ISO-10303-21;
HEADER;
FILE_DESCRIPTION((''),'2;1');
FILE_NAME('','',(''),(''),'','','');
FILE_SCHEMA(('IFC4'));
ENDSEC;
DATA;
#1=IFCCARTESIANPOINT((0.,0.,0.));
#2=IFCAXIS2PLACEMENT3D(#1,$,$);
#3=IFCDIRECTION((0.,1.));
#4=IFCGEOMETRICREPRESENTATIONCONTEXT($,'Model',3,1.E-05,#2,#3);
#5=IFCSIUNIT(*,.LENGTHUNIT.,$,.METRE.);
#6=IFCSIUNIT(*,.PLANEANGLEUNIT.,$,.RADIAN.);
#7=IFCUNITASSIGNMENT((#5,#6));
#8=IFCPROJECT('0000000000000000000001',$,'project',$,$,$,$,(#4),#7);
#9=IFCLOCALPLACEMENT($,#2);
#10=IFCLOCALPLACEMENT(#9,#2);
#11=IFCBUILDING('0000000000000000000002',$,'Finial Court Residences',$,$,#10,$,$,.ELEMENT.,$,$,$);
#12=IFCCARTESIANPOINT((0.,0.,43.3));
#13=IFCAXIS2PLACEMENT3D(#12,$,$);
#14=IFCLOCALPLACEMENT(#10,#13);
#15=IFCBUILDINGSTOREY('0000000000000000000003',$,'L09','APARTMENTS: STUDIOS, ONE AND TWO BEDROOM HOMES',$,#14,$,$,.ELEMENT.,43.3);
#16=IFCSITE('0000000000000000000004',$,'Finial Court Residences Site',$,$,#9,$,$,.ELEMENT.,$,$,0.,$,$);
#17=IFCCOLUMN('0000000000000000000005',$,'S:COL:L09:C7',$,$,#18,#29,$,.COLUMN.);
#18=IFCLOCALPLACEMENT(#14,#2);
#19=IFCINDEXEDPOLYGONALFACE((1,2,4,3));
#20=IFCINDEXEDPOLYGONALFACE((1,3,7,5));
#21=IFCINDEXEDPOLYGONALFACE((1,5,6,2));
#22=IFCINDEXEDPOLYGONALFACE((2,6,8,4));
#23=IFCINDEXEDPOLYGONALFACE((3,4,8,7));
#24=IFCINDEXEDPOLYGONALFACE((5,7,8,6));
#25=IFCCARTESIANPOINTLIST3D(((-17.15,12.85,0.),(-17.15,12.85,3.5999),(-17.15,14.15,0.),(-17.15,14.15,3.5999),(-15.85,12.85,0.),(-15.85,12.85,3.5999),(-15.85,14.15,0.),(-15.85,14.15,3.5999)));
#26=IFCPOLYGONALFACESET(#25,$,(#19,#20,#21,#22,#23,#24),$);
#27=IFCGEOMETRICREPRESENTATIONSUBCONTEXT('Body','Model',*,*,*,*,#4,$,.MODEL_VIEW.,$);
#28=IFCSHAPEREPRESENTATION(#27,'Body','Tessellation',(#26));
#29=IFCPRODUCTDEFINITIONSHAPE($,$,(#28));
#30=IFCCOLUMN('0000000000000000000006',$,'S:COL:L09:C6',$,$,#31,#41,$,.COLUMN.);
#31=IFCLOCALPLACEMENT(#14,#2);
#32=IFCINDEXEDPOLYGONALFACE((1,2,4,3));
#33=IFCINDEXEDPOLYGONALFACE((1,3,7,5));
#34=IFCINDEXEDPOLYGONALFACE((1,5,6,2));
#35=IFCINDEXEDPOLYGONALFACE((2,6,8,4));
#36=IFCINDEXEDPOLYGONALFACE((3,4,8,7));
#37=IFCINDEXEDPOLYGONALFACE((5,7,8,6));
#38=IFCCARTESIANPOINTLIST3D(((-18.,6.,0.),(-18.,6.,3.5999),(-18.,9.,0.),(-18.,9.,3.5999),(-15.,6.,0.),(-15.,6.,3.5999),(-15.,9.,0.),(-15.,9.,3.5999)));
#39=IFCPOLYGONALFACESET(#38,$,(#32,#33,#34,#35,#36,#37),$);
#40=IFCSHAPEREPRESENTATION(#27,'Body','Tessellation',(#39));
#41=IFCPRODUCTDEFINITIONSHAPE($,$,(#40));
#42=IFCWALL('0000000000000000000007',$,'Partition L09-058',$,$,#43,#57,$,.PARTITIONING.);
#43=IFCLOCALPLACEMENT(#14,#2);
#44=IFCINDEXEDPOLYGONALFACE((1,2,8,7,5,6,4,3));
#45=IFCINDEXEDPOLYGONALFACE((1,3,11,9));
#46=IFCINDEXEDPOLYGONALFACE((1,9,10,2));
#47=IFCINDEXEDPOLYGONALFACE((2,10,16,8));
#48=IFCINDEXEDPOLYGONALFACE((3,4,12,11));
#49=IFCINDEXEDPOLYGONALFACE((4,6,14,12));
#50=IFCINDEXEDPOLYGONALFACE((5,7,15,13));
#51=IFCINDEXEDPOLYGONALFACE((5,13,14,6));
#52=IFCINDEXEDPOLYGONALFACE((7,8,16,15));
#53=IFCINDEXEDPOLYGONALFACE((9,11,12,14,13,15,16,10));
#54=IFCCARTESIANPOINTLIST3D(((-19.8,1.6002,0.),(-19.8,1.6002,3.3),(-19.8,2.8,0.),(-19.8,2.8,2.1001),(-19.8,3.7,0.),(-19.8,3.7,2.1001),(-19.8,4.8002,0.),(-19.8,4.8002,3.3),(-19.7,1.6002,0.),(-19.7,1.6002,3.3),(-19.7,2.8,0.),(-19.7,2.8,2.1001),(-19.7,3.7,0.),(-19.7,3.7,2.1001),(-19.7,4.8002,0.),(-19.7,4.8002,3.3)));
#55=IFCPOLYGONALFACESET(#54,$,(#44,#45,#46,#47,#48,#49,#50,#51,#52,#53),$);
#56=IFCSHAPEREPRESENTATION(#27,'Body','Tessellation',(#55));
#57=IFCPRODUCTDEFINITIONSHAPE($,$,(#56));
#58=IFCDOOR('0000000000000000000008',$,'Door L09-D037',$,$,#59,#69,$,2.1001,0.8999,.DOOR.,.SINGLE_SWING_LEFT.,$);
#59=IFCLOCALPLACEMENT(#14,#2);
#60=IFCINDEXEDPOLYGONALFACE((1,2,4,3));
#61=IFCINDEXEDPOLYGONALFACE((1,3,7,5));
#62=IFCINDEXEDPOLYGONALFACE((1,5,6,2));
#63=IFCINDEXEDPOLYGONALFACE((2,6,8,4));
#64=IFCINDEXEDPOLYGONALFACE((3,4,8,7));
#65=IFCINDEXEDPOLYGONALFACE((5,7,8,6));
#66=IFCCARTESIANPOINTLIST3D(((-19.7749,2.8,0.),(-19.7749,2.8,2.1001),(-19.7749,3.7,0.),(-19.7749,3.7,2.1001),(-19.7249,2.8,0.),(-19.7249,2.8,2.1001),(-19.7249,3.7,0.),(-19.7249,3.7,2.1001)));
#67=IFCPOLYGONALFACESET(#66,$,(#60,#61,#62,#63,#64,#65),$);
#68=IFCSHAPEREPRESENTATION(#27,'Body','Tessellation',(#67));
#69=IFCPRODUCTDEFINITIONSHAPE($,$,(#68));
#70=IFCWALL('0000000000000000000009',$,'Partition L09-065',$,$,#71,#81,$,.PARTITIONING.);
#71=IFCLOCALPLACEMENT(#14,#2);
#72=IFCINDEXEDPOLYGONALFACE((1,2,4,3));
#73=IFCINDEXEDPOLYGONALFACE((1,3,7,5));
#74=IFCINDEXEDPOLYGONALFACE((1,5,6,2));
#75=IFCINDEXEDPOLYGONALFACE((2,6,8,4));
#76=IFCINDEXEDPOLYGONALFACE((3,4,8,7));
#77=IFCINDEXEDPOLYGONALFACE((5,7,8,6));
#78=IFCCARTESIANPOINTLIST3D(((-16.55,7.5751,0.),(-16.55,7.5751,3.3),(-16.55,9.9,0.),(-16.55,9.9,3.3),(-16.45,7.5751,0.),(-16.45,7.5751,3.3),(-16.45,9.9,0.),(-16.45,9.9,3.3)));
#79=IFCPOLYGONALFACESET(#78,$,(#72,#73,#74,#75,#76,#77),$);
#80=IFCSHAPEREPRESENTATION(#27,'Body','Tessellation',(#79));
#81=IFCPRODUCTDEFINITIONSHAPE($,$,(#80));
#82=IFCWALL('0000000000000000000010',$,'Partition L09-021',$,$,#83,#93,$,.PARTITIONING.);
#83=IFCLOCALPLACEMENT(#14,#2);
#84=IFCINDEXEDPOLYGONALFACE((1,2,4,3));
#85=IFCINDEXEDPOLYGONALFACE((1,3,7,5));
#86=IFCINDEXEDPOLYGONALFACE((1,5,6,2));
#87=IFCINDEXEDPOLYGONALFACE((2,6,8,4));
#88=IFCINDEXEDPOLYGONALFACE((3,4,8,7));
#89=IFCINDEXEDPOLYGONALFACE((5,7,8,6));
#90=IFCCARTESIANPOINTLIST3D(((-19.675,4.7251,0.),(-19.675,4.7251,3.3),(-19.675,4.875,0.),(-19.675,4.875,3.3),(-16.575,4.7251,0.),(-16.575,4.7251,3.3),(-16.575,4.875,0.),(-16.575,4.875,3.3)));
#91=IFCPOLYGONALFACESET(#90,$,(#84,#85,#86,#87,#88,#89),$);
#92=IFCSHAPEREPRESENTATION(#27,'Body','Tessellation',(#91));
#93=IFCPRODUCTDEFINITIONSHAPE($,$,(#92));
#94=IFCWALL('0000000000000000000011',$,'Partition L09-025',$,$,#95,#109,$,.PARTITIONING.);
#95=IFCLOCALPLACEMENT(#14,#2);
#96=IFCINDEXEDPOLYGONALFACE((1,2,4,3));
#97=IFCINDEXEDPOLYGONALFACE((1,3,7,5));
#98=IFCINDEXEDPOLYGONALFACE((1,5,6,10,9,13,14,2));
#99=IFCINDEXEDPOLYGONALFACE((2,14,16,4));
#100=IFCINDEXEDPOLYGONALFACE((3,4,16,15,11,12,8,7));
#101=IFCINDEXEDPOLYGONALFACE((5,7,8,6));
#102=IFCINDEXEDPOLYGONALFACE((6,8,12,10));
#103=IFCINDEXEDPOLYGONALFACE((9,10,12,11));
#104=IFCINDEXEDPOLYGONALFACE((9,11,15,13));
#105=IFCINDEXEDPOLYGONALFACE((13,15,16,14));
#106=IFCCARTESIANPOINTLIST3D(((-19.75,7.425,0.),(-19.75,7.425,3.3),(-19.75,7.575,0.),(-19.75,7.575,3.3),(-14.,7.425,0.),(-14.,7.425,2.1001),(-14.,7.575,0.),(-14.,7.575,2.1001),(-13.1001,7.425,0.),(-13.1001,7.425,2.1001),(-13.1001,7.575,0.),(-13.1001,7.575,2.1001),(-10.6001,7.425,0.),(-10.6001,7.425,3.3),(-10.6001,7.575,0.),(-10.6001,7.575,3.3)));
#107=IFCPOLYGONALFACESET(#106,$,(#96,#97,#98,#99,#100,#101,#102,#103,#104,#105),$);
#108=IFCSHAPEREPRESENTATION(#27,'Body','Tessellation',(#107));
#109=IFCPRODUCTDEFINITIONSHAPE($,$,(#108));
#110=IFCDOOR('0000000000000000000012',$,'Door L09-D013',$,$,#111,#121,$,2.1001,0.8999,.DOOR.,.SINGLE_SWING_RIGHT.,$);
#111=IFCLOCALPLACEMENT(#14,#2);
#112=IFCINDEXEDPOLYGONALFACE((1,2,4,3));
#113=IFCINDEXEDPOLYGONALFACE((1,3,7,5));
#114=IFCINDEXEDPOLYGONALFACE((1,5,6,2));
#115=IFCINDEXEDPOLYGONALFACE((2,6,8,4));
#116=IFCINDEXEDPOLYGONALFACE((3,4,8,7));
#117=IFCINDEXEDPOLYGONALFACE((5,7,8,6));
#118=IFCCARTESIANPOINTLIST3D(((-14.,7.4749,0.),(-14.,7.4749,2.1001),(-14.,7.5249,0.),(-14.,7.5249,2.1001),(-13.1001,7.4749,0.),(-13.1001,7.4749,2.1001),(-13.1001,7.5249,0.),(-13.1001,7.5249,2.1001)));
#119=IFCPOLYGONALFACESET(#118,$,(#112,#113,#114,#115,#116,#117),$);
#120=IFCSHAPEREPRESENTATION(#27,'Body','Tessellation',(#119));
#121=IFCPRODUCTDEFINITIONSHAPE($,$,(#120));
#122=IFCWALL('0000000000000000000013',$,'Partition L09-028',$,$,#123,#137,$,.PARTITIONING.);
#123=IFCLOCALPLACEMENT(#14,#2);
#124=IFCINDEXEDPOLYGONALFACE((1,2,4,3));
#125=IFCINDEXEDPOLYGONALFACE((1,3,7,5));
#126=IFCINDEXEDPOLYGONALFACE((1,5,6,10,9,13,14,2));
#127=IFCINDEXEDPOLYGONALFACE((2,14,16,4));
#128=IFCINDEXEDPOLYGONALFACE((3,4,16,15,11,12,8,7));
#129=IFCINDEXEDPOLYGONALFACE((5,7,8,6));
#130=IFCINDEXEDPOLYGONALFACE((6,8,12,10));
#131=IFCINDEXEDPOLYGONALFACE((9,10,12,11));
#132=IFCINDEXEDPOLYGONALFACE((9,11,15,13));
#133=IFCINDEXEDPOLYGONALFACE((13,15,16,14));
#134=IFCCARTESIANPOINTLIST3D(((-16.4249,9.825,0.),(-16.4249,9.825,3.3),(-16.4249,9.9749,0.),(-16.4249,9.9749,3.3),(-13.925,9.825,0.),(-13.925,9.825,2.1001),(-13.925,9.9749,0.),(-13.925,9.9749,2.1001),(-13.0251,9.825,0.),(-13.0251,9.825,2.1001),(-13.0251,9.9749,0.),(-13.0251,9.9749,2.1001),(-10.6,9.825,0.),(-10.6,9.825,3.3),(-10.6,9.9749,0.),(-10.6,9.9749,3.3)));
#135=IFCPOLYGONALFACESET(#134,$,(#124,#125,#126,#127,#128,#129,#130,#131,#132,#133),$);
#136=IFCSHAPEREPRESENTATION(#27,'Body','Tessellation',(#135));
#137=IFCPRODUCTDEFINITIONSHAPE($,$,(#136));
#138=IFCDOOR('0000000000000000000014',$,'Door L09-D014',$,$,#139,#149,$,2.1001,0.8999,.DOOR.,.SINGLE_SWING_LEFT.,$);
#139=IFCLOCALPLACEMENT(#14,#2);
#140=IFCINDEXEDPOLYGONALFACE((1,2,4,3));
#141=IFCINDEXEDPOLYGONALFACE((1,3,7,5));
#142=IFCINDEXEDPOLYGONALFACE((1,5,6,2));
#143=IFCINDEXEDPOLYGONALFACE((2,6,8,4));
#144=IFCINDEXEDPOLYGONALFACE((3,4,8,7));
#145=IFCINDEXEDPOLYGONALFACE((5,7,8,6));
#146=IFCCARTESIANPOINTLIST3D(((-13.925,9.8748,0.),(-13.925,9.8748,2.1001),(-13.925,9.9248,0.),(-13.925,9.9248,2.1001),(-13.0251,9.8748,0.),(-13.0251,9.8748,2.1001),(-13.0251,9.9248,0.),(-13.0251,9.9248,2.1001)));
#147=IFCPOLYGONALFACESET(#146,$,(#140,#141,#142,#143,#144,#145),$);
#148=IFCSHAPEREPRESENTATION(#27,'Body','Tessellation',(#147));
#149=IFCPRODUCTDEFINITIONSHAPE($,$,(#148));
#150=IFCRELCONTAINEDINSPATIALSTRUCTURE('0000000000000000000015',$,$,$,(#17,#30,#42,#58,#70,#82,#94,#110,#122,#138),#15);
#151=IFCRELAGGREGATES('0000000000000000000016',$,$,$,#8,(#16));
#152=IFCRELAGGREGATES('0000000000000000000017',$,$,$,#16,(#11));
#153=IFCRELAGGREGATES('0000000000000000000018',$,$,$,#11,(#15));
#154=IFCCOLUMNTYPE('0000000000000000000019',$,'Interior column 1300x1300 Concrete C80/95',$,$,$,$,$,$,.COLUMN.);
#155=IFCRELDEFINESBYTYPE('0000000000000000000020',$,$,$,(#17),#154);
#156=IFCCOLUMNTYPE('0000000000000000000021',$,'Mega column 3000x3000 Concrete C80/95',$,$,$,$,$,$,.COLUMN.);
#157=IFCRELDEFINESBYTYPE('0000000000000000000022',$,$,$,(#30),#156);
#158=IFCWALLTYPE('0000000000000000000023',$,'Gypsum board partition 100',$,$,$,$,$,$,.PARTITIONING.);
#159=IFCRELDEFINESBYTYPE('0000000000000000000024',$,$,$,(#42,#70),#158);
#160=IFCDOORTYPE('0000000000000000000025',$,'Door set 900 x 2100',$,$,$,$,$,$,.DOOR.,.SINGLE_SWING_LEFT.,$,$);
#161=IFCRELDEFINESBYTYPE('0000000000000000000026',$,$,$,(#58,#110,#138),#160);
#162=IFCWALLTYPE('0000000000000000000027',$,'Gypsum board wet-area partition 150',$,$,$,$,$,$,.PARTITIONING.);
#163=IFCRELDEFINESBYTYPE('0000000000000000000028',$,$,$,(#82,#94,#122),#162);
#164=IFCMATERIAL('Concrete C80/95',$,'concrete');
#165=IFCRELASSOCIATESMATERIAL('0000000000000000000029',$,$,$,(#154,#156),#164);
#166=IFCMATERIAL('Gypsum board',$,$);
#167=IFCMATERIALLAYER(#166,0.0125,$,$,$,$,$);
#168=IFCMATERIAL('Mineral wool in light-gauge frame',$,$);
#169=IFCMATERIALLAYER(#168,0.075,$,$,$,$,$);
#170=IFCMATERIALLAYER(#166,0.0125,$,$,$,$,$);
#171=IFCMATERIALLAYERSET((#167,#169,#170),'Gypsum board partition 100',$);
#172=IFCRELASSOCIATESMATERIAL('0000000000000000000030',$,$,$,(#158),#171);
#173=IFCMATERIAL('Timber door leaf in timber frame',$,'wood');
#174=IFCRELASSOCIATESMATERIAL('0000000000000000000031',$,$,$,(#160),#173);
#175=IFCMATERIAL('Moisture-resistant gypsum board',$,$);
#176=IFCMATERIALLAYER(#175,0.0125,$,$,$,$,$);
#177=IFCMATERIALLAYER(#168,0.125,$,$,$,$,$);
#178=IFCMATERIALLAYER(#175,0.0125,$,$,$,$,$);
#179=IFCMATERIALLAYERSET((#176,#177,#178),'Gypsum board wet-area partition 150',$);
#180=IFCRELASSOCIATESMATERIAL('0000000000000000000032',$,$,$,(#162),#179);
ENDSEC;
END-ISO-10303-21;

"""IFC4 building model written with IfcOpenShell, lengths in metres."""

from ifc_helpers import new_model, si_unit, direction, frame, frame_2d, origin, origin_2d, place, context, subcontext, project, spatial, rectangle, extrude, material, layer, layer_set, material_profile, profile_set, type_object, element, fill, save


model = new_model("IFC4")

# Units and contexts
model_context = context("Model", 3, precision=1e-05, world=origin(), true_north=direction((0.0, 1.0)))
body_context = subcontext(model_context, "Body", "Model", "MODEL_VIEW")
ifc_project = project(units=[si_unit("LENGTHUNIT", "METRE"), si_unit("PLANEANGLEUNIT", "RADIAN")], contexts=[model_context])

# Site, building, storey
site_placement = place(None, origin())
site = spatial("IfcSite", under=ifc_project, at=site_placement, Name="Finial Court Residences Site", CompositionType="ELEMENT", RefElevation=0.0)
building_placement = place(site_placement, origin())
building = spatial("IfcBuilding", under=site, at=building_placement, Name="Finial Court Residences", CompositionType="ELEMENT")
storey_placement = place(building_placement, frame((0.0, 0.0, 43.3)))
storey = spatial("IfcBuildingStorey", under=building, at=storey_placement, Name="L09", Description="APARTMENTS: STUDIOS, ONE AND TWO BEDROOM HOMES", CompositionType="ELEMENT", Elevation=43.3)

# Columns
ifc_material_1 = material(Name="Concrete C80/95", Category="concrete")
ifc_material_profile_1 = material_profile(ifc_material_1, rectangle(XDim=1.3, YDim=1.3, at=origin_2d()), Name="1300x1300")
ifc_profile_set_1 = profile_set([ifc_material_profile_1], Name="Concrete C80/95")
column_type_1 = type_object("IfcColumnType", Name="Interior column 1300x1300 Concrete C80/95", PredefinedType="COLUMN", material=ifc_profile_set_1)
column_1_placement = place(storey_placement, frame((-16.5, 13.5, 0.0), z_axis=(0.0, 0.0, 1.0), x_axis=(1.0, 0.0, 0.0)))
element("IfcColumn", 1, at=column_1_placement, inside=storey, type_object=column_type_1, Name="S:COL:L09:C7", PredefinedType="COLUMN", context=body_context, shape_type="SweptSolid", body=[
    extrude(rectangle(XDim=1.3, YDim=1.3, at=origin_2d()), origin(), (0.0, 0.0, 1.0), 3.5999),
])
ifc_material_profile_2 = material_profile(ifc_material_1, rectangle(XDim=3.0, YDim=3.0, at=origin_2d()), Name="3000x3000")
ifc_profile_set_2 = profile_set([ifc_material_profile_2], Name="Concrete C80/95")
column_type_2 = type_object("IfcColumnType", Name="Mega column 3000x3000 Concrete C80/95", PredefinedType="COLUMN", material=ifc_profile_set_2)
column_2_placement = place(storey_placement, frame((-16.5, 7.5, 0.0), z_axis=(0.0, 0.0, 1.0), x_axis=(1.0, 0.0, 0.0)))
element("IfcColumn", 2, at=column_2_placement, inside=storey, type_object=column_type_2, Name="S:COL:L09:C6", PredefinedType="COLUMN", context=body_context, shape_type="SweptSolid", body=[
    extrude(rectangle(XDim=3.0, YDim=3.0, at=origin_2d()), origin(), (0.0, 0.0, 1.0), 3.5999),
])

# Wall, opening, door
ifc_material_2 = material(Name="Gypsum board")
ifc_layer_1 = layer(ifc_material_2, 0.0125)
ifc_material_3 = material(Name="Mineral wool in light-gauge frame")
ifc_layer_2 = layer(ifc_material_3, 0.075)
ifc_layer_3 = layer(ifc_material_2, 0.0125)
ifc_layer_set_1 = layer_set([ifc_layer_1, ifc_layer_2, ifc_layer_3], Name="Gypsum board partition 100")
wall_type_1 = type_object("IfcWallType", Name="Gypsum board partition 100", PredefinedType="PARTITIONING", material=ifc_layer_set_1)
wall_1_placement = place(storey_placement, frame((-19.75, 1.6001, 0.0), z_axis=(0.0, 0.0, 1.0), x_axis=(0.0, 1.0, 0.0)))
wall_1 = element("IfcWall", 3, at=wall_1_placement, inside=storey, type_object=wall_type_1, Name="Partition L09-058", PredefinedType="PARTITIONING", context=body_context, shape_type="SweptSolid", body=[
    extrude(rectangle(XDim=3.2, YDim=0.1001, at=frame_2d((1.6001, 0.0))), origin(), (0.0, 0.0, 1.0), 3.3),
])
opening_1_placement = place(wall_1_placement, frame((1.2, 0.0, 0.0)))
opening_1 = element("IfcOpeningElement", 4, at=opening_1_placement, cuts=wall_1, PredefinedType="OPENING", context=body_context, shape_type="SweptSolid", body=[
    extrude(rectangle(XDim=0.8999, YDim=2.1001, at=frame_2d((0.45, 1.05))), frame((0.0, 0.0601, 0.0), z_axis=(0.0, -1.0, 0.0), x_axis=(1.0, 0.0, 0.0)), (0.0, 0.0, 1.0), 0.1201),
])
ifc_material_4 = material(Name="Timber door leaf in timber frame", Category="wood")
door_type = type_object("IfcDoorType", Name="Door set 900 x 2100", OperationType="SINGLE_SWING_LEFT", PredefinedType="DOOR", material=ifc_material_4)
door_1_placement = place(opening_1_placement, origin())
door_1 = element("IfcDoor", 5, at=door_1_placement, inside=storey, type_object=door_type, Name="Door L09-D037", OperationType="SINGLE_SWING_LEFT", OverallHeight=2.1001, OverallWidth=0.8999, PredefinedType="DOOR", context=body_context, shape_type="SweptSolid", body=[
    extrude(rectangle(XDim=0.8999, YDim=2.1001, at=frame_2d((0.45, 1.05))), frame((0.0, 0.0249, 0.0), z_axis=(0.0, -1.0, 0.0), x_axis=(1.0, 0.0, 0.0)), (0.0, 0.0, 1.0), 0.05),
])
fill(opening_1, door_1)

# Walls
wall_2_placement = place(storey_placement, frame((-16.5, 7.575, 0.0), z_axis=(0.0, 0.0, 1.0), x_axis=(0.0, 1.0, 0.0)))
element("IfcWall", 6, at=wall_2_placement, inside=storey, type_object=wall_type_1, Name="Partition L09-065", PredefinedType="PARTITIONING", context=body_context, shape_type="SweptSolid", body=[
    extrude(rectangle(XDim=2.325, YDim=0.1001, at=frame_2d((1.1626, 0.0))), origin(), (0.0, 0.0, 1.0), 3.3),
])
ifc_material_5 = material(Name="Moisture-resistant gypsum board")
ifc_layer_4 = layer(ifc_material_5, 0.0125)
ifc_layer_5 = layer(ifc_material_3, 0.125)
ifc_layer_6 = layer(ifc_material_5, 0.0125)
ifc_layer_set_2 = layer_set([ifc_layer_4, ifc_layer_5, ifc_layer_6], Name="Gypsum board wet-area partition 150")
wall_type_2 = type_object("IfcWallType", Name="Gypsum board wet-area partition 150", PredefinedType="PARTITIONING", material=ifc_layer_set_2)
wall_3_placement = place(storey_placement, frame((-19.675, 4.8, 0.0), z_axis=(0.0, 0.0, 1.0), x_axis=(1.0, 0.0, 0.0)))
element("IfcWall", 7, at=wall_3_placement, inside=storey, type_object=wall_type_2, Name="Partition L09-021", PredefinedType="PARTITIONING", context=body_context, shape_type="SweptSolid", body=[
    extrude(rectangle(XDim=3.1001, YDim=0.1499, at=frame_2d((1.55, 0.0))), origin(), (0.0, 0.0, 1.0), 3.3),
])

# Walls, openings, doors
wall_4_placement = place(storey_placement, frame((-19.75, 7.5, 0.0), z_axis=(0.0, 0.0, 1.0), x_axis=(1.0, 0.0, 0.0)))
wall_4 = element("IfcWall", 8, at=wall_4_placement, inside=storey, type_object=wall_type_2, Name="Partition L09-025", PredefinedType="PARTITIONING", context=body_context, shape_type="SweptSolid", body=[
    extrude(rectangle(XDim=9.1499, YDim=0.1499, at=frame_2d((4.575, 0.0))), origin(), (0.0, 0.0, 1.0), 3.3),
])
opening_2_placement = place(wall_4_placement, frame((5.75, 0.0, 0.0)))
opening_2 = element("IfcOpeningElement", 9, at=opening_2_placement, cuts=wall_4, PredefinedType="OPENING", context=body_context, shape_type="SweptSolid", body=[
    extrude(rectangle(XDim=0.8999, YDim=2.1001, at=frame_2d((0.45, 1.05))), frame((0.0, 0.085, 0.0), z_axis=(0.0, -1.0, 0.0), x_axis=(1.0, 0.0, 0.0)), (0.0, 0.0, 1.0), 0.1699),
])
door_2_placement = place(opening_2_placement, origin())
door_2 = element("IfcDoor", 10, at=door_2_placement, inside=storey, type_object=door_type, Name="Door L09-D013", OperationType="SINGLE_SWING_RIGHT", OverallHeight=2.1001, OverallWidth=0.8999, PredefinedType="DOOR", context=body_context, shape_type="SweptSolid", body=[
    extrude(rectangle(XDim=0.8999, YDim=2.1001, at=frame_2d((0.45, 1.05))), frame((0.0, 0.0249, 0.0), z_axis=(0.0, -1.0, 0.0), x_axis=(1.0, 0.0, 0.0)), (0.0, 0.0, 1.0), 0.05),
])
fill(opening_2, door_2)
wall_5_placement = place(storey_placement, frame((-16.425, 9.8999, 0.0), z_axis=(0.0, 0.0, 1.0), x_axis=(1.0, 0.0, 0.0)))
wall_5 = element("IfcWall", 11, at=wall_5_placement, inside=storey, type_object=wall_type_2, Name="Partition L09-028", PredefinedType="PARTITIONING", context=body_context, shape_type="SweptSolid", body=[
    extrude(rectangle(XDim=5.825, YDim=0.1499, at=frame_2d((2.9126, 0.0))), origin(), (0.0, 0.0, 1.0), 3.3),
])
opening_3_placement = place(wall_5_placement, frame((2.5, 0.0, 0.0)))
opening_3 = element("IfcOpeningElement", 12, at=opening_3_placement, cuts=wall_5, PredefinedType="OPENING", context=body_context, shape_type="SweptSolid", body=[
    extrude(rectangle(XDim=0.8999, YDim=2.1001, at=frame_2d((0.45, 1.05))), frame((0.0, 0.085, 0.0), z_axis=(0.0, -1.0, 0.0), x_axis=(1.0, 0.0, 0.0)), (0.0, 0.0, 1.0), 0.1699),
])
door_3_placement = place(opening_3_placement, origin())
door_3 = element("IfcDoor", 13, at=door_3_placement, inside=storey, type_object=door_type, Name="Door L09-D014", OperationType="SINGLE_SWING_LEFT", OverallHeight=2.1001, OverallWidth=0.8999, PredefinedType="DOOR", context=body_context, shape_type="SweptSolid", body=[
    extrude(rectangle(XDim=0.8999, YDim=2.1001, at=frame_2d((0.45, 1.05))), frame((0.0, 0.0249, 0.0), z_axis=(0.0, -1.0, 0.0), x_axis=(1.0, 0.0, 0.0)), (0.0, 0.0, 1.0), 0.05),
])
fill(opening_3, door_3)

save(model, "model.ifc")
